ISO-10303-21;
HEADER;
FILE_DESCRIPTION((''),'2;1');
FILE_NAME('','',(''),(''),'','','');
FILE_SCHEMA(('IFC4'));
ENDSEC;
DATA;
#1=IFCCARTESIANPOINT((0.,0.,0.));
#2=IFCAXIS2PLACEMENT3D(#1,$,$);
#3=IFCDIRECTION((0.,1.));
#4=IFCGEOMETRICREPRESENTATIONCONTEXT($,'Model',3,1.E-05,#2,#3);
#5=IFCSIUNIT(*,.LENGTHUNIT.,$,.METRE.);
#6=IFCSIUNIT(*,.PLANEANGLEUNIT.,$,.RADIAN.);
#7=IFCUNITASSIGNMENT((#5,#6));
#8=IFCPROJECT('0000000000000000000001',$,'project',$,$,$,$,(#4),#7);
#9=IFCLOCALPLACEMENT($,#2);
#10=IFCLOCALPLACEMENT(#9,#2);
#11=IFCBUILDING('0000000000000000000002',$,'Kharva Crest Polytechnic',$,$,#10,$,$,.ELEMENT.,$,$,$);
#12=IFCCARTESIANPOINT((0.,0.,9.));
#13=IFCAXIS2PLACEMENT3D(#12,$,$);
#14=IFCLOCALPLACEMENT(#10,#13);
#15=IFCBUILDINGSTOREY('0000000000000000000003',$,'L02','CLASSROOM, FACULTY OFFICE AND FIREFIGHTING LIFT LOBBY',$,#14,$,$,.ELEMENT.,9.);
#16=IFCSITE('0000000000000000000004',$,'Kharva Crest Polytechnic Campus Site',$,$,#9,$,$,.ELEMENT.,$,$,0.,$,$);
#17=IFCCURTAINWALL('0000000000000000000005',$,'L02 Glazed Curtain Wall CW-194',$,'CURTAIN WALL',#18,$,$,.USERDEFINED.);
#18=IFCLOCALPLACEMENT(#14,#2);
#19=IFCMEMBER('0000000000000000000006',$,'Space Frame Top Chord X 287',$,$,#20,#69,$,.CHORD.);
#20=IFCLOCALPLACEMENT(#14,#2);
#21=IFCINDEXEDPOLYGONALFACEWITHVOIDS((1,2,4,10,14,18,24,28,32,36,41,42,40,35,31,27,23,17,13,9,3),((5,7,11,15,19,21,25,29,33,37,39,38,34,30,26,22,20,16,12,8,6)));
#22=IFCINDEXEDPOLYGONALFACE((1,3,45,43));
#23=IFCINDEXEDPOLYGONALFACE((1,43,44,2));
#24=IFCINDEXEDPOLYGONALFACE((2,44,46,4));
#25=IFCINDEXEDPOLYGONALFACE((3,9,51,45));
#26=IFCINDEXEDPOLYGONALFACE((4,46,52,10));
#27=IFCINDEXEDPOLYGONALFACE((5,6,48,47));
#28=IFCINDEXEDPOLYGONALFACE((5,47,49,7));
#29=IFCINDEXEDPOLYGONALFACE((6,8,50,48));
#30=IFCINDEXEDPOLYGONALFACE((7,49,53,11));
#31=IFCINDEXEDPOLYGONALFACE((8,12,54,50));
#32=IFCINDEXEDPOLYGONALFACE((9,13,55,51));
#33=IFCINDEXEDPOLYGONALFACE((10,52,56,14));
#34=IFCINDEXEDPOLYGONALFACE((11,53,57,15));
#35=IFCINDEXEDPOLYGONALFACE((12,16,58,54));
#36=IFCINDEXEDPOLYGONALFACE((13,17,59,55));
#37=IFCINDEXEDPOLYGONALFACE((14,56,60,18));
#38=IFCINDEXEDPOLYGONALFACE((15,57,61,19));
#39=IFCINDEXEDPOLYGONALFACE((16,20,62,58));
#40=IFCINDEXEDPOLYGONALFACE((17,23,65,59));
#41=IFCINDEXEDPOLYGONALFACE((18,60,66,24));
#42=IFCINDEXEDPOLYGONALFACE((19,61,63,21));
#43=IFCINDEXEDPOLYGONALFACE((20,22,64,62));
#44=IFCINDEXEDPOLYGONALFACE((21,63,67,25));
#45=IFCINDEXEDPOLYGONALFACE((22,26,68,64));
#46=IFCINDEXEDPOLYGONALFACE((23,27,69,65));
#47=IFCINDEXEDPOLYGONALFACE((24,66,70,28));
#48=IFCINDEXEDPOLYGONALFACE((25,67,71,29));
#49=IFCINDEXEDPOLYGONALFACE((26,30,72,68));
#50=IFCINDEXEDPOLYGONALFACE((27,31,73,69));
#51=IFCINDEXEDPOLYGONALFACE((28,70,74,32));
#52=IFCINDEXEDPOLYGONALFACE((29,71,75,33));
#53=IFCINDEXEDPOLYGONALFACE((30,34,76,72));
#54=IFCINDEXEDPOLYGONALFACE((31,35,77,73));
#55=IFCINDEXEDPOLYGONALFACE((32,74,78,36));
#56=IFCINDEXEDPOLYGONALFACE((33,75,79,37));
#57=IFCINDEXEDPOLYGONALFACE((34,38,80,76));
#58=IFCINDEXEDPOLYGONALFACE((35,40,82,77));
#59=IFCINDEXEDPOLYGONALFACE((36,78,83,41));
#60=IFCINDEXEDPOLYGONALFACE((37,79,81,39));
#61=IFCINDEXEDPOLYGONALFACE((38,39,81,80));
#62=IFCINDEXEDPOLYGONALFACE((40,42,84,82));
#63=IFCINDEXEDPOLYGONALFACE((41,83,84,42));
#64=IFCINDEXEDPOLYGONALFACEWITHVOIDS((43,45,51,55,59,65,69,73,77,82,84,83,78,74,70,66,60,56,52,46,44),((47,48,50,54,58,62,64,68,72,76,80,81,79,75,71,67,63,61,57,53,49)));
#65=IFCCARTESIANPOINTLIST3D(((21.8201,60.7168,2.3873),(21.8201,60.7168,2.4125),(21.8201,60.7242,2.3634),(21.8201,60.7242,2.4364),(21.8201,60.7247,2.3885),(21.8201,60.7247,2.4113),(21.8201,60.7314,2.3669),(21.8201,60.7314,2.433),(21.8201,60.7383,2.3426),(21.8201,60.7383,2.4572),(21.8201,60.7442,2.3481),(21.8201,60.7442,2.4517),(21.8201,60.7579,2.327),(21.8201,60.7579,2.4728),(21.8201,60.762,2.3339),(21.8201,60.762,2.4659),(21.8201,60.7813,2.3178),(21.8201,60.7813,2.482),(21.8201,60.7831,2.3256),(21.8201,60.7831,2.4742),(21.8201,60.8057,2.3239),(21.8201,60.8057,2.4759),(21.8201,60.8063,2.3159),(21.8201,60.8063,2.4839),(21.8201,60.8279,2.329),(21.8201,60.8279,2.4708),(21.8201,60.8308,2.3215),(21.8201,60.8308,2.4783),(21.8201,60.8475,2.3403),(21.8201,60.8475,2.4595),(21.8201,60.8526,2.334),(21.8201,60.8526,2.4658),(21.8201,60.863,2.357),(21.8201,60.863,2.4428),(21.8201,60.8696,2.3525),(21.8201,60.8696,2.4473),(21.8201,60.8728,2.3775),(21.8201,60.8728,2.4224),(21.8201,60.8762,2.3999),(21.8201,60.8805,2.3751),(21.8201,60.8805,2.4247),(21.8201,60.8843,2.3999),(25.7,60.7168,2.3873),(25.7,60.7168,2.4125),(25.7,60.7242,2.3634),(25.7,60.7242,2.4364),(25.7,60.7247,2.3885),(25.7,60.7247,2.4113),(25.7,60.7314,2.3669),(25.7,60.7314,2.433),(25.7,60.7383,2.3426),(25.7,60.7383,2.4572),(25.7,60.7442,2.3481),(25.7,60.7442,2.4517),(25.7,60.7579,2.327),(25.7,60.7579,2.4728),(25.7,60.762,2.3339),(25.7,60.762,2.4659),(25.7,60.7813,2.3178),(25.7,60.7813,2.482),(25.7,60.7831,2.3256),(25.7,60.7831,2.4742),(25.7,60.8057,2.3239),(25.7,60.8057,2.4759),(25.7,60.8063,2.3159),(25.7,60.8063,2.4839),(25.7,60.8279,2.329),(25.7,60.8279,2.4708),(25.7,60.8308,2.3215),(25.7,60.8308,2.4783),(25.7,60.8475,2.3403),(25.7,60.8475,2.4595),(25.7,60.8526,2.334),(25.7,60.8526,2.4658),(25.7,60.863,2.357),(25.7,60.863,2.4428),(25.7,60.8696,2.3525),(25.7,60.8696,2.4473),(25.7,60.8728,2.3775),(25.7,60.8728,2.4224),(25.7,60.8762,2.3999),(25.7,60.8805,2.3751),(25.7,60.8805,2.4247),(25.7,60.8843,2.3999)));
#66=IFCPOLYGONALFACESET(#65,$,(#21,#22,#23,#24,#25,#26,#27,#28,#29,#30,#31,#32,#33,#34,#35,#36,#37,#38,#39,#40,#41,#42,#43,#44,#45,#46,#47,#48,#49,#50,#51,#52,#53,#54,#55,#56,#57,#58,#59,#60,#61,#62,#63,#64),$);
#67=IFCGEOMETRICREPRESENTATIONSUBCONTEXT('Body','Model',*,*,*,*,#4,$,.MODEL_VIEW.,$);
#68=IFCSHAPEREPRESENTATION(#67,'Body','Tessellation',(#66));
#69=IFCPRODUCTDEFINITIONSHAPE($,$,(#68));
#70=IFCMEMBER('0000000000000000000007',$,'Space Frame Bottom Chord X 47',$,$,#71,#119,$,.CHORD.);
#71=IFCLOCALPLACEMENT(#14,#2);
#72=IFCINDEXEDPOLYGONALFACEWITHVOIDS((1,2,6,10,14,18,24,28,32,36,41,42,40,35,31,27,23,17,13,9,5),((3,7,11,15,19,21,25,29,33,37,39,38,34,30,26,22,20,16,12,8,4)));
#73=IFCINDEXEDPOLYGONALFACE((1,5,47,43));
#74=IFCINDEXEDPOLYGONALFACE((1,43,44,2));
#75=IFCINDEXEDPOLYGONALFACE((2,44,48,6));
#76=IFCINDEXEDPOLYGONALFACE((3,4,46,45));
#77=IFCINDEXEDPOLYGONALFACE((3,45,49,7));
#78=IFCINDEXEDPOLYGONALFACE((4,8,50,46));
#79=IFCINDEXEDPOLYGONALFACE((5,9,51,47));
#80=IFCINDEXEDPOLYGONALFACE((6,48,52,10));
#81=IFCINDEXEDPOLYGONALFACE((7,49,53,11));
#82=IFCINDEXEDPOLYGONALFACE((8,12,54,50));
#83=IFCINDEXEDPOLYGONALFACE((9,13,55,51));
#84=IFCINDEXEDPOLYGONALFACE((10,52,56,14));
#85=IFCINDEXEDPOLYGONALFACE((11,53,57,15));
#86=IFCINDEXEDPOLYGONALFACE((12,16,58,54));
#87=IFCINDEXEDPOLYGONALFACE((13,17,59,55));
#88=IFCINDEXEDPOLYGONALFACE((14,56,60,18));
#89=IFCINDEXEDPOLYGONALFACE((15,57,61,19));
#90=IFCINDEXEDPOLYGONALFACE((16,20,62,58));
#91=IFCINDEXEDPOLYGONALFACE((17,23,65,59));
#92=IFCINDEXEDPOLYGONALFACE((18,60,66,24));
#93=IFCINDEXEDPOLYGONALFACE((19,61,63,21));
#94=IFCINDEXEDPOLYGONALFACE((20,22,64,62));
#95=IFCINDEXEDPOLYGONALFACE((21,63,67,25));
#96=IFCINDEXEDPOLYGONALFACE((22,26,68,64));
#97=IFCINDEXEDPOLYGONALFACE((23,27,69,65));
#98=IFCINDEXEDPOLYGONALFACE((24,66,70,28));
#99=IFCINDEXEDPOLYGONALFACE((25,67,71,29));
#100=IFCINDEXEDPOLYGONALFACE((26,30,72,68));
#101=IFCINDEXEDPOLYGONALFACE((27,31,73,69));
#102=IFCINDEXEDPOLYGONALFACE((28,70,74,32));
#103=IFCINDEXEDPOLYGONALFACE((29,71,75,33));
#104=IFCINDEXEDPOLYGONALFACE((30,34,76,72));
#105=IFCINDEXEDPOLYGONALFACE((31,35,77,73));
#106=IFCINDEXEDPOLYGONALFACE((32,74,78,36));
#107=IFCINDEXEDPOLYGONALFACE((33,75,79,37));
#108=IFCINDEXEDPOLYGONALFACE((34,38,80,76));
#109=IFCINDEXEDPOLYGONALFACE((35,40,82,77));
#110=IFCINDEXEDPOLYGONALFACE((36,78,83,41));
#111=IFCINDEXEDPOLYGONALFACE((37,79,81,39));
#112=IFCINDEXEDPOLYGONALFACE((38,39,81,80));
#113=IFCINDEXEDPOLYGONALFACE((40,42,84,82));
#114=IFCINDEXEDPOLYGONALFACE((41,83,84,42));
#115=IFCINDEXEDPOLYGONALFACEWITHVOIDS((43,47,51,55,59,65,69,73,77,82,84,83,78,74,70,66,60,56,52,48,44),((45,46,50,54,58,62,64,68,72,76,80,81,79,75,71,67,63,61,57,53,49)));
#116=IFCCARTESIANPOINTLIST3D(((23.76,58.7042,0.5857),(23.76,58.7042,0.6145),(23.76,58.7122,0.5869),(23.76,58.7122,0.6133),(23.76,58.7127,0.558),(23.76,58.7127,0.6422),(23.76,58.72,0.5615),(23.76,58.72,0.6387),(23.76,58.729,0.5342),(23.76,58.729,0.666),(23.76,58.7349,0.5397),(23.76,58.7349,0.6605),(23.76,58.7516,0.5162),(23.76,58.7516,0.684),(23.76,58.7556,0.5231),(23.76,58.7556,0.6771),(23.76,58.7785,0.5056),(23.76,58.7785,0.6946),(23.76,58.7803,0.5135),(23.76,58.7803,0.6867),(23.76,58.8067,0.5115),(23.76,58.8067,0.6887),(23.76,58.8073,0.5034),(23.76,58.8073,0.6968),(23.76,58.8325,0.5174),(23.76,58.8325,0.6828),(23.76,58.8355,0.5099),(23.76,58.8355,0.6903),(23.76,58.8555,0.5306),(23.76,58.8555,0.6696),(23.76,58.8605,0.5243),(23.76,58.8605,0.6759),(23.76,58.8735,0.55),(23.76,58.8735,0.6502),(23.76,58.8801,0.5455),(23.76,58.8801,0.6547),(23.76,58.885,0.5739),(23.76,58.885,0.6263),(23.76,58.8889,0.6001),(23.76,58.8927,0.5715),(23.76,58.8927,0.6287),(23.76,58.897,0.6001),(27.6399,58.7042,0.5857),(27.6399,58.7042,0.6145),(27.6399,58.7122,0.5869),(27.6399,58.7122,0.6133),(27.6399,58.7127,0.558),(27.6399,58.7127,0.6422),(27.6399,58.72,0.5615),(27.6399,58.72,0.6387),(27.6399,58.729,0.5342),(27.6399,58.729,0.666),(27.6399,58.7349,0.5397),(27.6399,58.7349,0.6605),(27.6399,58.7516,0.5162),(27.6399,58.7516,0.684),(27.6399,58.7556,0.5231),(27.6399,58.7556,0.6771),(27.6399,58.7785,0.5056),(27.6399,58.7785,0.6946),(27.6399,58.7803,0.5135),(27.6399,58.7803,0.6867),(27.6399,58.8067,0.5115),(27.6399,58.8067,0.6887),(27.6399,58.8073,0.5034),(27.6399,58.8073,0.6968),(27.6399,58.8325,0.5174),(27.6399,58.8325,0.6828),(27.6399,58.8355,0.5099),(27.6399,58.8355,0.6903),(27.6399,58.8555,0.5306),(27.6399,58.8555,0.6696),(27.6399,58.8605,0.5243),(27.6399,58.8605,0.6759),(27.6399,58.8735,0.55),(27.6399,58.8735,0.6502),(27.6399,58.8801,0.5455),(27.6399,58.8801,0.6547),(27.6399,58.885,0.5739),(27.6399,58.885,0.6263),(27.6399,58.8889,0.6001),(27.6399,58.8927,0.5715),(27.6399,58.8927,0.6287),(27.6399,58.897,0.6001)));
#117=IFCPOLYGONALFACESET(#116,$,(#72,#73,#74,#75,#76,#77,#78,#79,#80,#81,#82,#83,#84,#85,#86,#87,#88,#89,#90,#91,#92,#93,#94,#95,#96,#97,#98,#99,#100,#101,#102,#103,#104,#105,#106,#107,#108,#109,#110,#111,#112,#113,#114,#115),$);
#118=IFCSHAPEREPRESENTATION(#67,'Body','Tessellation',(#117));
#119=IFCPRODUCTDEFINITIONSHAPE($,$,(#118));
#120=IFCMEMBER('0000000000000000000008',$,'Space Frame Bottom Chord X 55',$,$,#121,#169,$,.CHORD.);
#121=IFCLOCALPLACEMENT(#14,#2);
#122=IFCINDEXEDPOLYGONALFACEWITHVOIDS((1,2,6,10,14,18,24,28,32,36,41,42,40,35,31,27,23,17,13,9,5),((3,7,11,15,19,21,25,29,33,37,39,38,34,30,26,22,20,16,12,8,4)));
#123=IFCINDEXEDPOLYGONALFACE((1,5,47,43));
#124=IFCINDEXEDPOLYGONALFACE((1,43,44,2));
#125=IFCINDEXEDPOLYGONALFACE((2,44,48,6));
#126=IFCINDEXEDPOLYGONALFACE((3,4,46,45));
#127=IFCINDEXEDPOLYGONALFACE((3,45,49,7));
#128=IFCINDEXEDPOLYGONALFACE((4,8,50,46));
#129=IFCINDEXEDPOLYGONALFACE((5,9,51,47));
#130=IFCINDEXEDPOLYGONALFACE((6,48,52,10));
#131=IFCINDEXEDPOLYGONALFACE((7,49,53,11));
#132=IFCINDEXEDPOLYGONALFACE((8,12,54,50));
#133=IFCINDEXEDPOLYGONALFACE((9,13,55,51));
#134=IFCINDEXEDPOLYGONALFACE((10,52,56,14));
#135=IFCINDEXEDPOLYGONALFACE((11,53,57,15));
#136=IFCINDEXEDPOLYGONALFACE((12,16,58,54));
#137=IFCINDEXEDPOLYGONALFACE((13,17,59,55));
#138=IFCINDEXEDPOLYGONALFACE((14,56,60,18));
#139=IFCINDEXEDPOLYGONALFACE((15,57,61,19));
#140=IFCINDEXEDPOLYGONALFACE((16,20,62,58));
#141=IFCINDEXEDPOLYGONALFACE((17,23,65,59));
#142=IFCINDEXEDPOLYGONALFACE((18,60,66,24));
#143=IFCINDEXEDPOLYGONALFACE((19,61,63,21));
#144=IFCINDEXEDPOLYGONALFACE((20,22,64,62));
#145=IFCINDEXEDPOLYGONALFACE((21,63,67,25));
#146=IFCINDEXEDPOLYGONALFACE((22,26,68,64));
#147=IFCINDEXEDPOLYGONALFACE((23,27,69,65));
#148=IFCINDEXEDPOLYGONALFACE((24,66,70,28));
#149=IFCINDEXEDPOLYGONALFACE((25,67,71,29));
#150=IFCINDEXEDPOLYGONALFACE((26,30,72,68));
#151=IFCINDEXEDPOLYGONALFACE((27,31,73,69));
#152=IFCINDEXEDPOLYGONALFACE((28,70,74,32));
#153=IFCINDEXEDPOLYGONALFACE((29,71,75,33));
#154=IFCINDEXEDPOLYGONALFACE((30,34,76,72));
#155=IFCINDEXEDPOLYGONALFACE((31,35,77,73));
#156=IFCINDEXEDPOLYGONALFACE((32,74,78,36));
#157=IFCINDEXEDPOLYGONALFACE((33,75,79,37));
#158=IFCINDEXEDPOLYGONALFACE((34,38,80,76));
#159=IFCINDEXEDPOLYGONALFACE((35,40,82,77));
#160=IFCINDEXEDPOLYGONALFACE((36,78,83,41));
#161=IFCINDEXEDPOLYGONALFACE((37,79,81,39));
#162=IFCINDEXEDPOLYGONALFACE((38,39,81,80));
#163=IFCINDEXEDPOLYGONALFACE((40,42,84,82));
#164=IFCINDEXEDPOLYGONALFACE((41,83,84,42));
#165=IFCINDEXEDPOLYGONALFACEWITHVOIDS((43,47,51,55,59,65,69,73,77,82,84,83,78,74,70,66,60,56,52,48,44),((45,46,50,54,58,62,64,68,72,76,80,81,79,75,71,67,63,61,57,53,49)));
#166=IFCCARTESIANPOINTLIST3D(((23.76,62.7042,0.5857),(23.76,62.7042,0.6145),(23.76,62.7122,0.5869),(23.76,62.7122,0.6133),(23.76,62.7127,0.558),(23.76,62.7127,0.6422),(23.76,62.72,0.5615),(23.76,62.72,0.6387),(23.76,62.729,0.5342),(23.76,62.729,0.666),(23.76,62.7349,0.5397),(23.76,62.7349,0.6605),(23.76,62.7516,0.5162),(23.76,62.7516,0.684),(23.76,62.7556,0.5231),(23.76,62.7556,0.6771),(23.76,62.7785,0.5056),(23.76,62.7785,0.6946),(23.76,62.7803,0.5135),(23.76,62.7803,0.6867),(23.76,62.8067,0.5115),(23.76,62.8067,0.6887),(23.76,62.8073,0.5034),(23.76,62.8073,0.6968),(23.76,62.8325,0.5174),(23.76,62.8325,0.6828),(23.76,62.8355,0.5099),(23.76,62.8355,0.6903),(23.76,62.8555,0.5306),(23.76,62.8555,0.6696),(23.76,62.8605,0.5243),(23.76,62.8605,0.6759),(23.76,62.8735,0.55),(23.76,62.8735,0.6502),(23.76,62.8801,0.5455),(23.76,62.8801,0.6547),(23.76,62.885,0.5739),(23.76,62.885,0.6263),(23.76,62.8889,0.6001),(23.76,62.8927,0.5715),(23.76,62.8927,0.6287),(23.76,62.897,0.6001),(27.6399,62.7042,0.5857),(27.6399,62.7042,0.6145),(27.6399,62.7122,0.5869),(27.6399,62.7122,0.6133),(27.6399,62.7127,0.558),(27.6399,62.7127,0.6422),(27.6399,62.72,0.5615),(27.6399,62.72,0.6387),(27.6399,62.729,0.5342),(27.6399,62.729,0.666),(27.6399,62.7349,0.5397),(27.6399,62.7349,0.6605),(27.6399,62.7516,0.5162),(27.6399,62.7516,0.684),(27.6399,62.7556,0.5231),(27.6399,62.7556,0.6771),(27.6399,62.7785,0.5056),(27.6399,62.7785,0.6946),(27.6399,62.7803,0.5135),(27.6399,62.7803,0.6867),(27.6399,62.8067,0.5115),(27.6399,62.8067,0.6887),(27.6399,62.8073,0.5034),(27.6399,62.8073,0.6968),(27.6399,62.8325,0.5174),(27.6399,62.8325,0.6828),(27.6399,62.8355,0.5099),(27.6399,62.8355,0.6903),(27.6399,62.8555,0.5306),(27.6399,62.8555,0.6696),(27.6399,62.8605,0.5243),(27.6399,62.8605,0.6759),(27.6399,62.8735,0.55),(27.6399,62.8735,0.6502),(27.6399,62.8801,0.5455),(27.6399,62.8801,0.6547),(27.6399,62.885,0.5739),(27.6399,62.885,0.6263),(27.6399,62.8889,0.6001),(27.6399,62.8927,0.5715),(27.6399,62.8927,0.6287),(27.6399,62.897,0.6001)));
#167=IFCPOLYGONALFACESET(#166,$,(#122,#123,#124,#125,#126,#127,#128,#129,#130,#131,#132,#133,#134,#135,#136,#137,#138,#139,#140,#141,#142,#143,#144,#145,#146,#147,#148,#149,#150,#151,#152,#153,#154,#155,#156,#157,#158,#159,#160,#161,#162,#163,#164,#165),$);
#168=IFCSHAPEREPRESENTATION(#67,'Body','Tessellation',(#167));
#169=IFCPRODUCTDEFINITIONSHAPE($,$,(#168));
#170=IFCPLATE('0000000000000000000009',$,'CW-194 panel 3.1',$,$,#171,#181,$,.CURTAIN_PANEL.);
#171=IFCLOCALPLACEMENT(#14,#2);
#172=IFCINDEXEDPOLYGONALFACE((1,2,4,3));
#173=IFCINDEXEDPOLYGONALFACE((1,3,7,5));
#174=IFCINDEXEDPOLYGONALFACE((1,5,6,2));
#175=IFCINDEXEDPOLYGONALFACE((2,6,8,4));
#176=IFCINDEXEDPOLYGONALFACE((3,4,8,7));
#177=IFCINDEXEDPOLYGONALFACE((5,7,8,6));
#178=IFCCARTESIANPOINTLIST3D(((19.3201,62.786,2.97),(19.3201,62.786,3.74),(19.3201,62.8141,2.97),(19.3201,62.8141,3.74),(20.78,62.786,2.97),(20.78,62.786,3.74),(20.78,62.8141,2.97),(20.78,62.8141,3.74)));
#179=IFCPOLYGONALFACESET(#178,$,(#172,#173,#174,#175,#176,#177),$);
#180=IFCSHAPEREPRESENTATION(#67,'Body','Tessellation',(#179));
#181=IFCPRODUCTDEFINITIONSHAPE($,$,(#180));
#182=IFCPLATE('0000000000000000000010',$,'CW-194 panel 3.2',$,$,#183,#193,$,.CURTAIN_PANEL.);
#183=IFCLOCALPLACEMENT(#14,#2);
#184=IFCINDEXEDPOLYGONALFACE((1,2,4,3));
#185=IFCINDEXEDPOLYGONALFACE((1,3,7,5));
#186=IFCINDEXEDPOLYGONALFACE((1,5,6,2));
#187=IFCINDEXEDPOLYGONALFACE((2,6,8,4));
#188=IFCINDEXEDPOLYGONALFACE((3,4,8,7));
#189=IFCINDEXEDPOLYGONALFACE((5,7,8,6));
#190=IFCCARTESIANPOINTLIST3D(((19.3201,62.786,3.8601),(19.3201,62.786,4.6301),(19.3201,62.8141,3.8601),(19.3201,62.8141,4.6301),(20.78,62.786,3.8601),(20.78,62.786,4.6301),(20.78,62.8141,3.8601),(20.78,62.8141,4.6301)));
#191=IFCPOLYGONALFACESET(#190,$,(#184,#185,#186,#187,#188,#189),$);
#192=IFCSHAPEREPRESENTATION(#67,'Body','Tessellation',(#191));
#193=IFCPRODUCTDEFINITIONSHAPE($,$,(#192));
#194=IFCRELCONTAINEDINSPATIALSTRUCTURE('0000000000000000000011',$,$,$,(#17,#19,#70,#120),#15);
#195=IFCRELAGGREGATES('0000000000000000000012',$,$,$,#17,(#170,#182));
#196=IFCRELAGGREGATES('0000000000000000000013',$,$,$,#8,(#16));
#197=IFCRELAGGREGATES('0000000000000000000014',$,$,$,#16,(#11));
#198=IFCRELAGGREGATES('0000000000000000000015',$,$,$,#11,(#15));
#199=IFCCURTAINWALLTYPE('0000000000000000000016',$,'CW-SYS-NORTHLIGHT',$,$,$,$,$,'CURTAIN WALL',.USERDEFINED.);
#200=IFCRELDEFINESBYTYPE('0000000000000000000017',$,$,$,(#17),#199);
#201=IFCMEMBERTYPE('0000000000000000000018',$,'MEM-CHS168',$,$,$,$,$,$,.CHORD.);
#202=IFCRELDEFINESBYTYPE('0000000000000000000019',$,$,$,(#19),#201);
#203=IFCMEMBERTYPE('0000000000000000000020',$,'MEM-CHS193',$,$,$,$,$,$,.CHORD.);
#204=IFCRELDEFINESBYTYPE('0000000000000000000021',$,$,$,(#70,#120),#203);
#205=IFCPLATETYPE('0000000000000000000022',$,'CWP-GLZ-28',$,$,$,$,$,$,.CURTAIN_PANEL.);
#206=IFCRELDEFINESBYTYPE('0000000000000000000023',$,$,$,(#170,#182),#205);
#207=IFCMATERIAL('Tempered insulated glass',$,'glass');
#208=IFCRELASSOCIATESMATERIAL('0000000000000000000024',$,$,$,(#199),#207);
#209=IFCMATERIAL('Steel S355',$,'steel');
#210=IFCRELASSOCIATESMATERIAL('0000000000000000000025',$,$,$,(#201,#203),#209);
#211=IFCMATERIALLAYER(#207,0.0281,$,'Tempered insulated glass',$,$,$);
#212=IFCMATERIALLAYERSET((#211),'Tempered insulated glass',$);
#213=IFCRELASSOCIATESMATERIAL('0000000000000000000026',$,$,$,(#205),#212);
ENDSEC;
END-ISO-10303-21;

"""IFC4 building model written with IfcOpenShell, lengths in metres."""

from ifc_helpers import new_model, si_unit, direction, frame, origin, origin_2d, place, context, subcontext, project, spatial, rectangle, hollow_circle, extrude, material, layer, layer_set, material_profile, profile_set, type_object, element, aggregate, save


model = new_model("IFC4")

# Units and contexts
model_context = context("Model", 3, precision=1e-05, world=origin(), true_north=direction((0.0, 1.0)))
body_context = subcontext(model_context, "Body", "Model", "MODEL_VIEW")
ifc_project = project(units=[si_unit("LENGTHUNIT", "METRE"), si_unit("PLANEANGLEUNIT", "RADIAN")], contexts=[model_context])

# Site, building, storey
site_placement = place(None, origin())
site = spatial("IfcSite", under=ifc_project, at=site_placement, Name="Kharva Crest Polytechnic Campus Site", CompositionType="ELEMENT", RefElevation=0.0)
building_placement = place(site_placement, origin())
building = spatial("IfcBuilding", under=site, at=building_placement, Name="Kharva Crest Polytechnic", CompositionType="ELEMENT")
storey_placement = place(building_placement, frame((0.0, 0.0, 9.0)))
storey = spatial("IfcBuildingStorey", under=building, at=storey_placement, Name="L02", Description="CLASSROOM, FACULTY OFFICE AND FIREFIGHTING LIFT LOBBY", CompositionType="ELEMENT", Elevation=9.0)

# Curtain wall
ifc_material_1 = material(Name="Tempered insulated glass", Category="glass")
curtain_wall_type = type_object("IfcCurtainWallType", Name="CW-SYS-NORTHLIGHT", ElementType="CURTAIN WALL", PredefinedType="USERDEFINED", material=ifc_material_1)
curtain_wall_placement = place(storey_placement, origin())
curtain_wall = element("IfcCurtainWall", 1, at=curtain_wall_placement, inside=storey, type_object=curtain_wall_type, Name="L02 Glazed Curtain Wall CW-194", ObjectType="CURTAIN WALL", PredefinedType="USERDEFINED")
ifc_material_2 = material(Name="Steel S355", Category="steel")

# Members
ifc_material_profile_1 = material_profile(ifc_material_2, hollow_circle(Radius=0.0842, WallThickness=0.0081, at=origin_2d()), Name="CHS 168.3X8.0")
ifc_profile_set_1 = profile_set([ifc_material_profile_1], Name="Steel S355")
member_type_1 = type_object("IfcMemberType", Name="MEM-CHS168", PredefinedType="CHORD", material=ifc_profile_set_1)
for number, where, z_axis, x_axis, name in (
    (2, (21.8201, 60.8, 2.3999), (1.0, 0.0, 0.0), (0.0, 1.0, 0.0), "Space Frame Top Chord X 287"),
):
    element("IfcMember", number, at=place(storey_placement, frame(where, z_axis=z_axis, x_axis=x_axis)), inside=storey, type_object=member_type_1, Name=name, PredefinedType="CHORD", context=body_context, shape_type="SweptSolid", body=[
        extrude(hollow_circle(Radius=0.0842, WallThickness=0.0081, at=origin_2d()), origin(), (0.0, 0.0, 1.0), 3.8799),
    ])
ifc_material_profile_2 = material_profile(ifc_material_2, hollow_circle(Radius=0.0969, WallThickness=0.0081, at=origin_2d()), Name="CHS 193.7X8.0")
ifc_profile_set_2 = profile_set([ifc_material_profile_2], Name="Steel S355")
member_type_2 = type_object("IfcMemberType", Name="MEM-CHS193", PredefinedType="CHORD", material=ifc_profile_set_2)
for number, where, z_axis, x_axis, name in (
    (3, (23.76, 58.8, 0.6001), (1.0, 0.0, 0.0), (0.0, 1.0, 0.0), "Space Frame Bottom Chord X 47"),
    (4, (23.76, 62.8, 0.6001), (1.0, 0.0, 0.0), (0.0, 1.0, 0.0), "Space Frame Bottom Chord X 55"),
):
    element("IfcMember", number, at=place(storey_placement, frame(where, z_axis=z_axis, x_axis=x_axis)), inside=storey, type_object=member_type_2, Name=name, PredefinedType="CHORD", context=body_context, shape_type="SweptSolid", body=[
        extrude(hollow_circle(Radius=0.0969, WallThickness=0.0081, at=origin_2d()), origin(), (0.0, 0.0, 1.0), 3.8799),
    ])

# Plates
ifc_layer = layer(ifc_material_1, 0.0281, Name="Tempered insulated glass")
ifc_layer_set = layer_set([ifc_layer], Name="Tempered insulated glass")
plate_type = type_object("IfcPlateType", Name="CWP-GLZ-28", PredefinedType="CURTAIN_PANEL", material=ifc_layer_set)
plate_1_placement = place(storey_placement, frame((20.05, 62.8, 2.97), z_axis=(0.0, 0.0, 1.0), x_axis=(1.0, 0.0, 0.0)))
plate_1 = element("IfcPlate", 5, at=plate_1_placement, type_object=plate_type, Name="CW-194 panel 3.1", PredefinedType="CURTAIN_PANEL", context=body_context, shape_type="SweptSolid", body=[
    extrude(rectangle(XDim=1.46, YDim=0.0281, at=origin_2d()), origin(), (0.0, 0.0, 1.0), 0.77),
])
plate_2_placement = place(storey_placement, frame((20.05, 62.8, 3.8601), z_axis=(0.0, 0.0, 1.0), x_axis=(1.0, 0.0, 0.0)))
plate_2 = element("IfcPlate", 6, at=plate_2_placement, type_object=plate_type, Name="CW-194 panel 3.2", PredefinedType="CURTAIN_PANEL", context=body_context, shape_type="SweptSolid", body=[
    extrude(rectangle(XDim=1.46, YDim=0.0281, at=origin_2d()), origin(), (0.0, 0.0, 1.0), 0.77),
])
aggregate(curtain_wall, [plate_1, plate_2])

save(model, "model.ifc")
